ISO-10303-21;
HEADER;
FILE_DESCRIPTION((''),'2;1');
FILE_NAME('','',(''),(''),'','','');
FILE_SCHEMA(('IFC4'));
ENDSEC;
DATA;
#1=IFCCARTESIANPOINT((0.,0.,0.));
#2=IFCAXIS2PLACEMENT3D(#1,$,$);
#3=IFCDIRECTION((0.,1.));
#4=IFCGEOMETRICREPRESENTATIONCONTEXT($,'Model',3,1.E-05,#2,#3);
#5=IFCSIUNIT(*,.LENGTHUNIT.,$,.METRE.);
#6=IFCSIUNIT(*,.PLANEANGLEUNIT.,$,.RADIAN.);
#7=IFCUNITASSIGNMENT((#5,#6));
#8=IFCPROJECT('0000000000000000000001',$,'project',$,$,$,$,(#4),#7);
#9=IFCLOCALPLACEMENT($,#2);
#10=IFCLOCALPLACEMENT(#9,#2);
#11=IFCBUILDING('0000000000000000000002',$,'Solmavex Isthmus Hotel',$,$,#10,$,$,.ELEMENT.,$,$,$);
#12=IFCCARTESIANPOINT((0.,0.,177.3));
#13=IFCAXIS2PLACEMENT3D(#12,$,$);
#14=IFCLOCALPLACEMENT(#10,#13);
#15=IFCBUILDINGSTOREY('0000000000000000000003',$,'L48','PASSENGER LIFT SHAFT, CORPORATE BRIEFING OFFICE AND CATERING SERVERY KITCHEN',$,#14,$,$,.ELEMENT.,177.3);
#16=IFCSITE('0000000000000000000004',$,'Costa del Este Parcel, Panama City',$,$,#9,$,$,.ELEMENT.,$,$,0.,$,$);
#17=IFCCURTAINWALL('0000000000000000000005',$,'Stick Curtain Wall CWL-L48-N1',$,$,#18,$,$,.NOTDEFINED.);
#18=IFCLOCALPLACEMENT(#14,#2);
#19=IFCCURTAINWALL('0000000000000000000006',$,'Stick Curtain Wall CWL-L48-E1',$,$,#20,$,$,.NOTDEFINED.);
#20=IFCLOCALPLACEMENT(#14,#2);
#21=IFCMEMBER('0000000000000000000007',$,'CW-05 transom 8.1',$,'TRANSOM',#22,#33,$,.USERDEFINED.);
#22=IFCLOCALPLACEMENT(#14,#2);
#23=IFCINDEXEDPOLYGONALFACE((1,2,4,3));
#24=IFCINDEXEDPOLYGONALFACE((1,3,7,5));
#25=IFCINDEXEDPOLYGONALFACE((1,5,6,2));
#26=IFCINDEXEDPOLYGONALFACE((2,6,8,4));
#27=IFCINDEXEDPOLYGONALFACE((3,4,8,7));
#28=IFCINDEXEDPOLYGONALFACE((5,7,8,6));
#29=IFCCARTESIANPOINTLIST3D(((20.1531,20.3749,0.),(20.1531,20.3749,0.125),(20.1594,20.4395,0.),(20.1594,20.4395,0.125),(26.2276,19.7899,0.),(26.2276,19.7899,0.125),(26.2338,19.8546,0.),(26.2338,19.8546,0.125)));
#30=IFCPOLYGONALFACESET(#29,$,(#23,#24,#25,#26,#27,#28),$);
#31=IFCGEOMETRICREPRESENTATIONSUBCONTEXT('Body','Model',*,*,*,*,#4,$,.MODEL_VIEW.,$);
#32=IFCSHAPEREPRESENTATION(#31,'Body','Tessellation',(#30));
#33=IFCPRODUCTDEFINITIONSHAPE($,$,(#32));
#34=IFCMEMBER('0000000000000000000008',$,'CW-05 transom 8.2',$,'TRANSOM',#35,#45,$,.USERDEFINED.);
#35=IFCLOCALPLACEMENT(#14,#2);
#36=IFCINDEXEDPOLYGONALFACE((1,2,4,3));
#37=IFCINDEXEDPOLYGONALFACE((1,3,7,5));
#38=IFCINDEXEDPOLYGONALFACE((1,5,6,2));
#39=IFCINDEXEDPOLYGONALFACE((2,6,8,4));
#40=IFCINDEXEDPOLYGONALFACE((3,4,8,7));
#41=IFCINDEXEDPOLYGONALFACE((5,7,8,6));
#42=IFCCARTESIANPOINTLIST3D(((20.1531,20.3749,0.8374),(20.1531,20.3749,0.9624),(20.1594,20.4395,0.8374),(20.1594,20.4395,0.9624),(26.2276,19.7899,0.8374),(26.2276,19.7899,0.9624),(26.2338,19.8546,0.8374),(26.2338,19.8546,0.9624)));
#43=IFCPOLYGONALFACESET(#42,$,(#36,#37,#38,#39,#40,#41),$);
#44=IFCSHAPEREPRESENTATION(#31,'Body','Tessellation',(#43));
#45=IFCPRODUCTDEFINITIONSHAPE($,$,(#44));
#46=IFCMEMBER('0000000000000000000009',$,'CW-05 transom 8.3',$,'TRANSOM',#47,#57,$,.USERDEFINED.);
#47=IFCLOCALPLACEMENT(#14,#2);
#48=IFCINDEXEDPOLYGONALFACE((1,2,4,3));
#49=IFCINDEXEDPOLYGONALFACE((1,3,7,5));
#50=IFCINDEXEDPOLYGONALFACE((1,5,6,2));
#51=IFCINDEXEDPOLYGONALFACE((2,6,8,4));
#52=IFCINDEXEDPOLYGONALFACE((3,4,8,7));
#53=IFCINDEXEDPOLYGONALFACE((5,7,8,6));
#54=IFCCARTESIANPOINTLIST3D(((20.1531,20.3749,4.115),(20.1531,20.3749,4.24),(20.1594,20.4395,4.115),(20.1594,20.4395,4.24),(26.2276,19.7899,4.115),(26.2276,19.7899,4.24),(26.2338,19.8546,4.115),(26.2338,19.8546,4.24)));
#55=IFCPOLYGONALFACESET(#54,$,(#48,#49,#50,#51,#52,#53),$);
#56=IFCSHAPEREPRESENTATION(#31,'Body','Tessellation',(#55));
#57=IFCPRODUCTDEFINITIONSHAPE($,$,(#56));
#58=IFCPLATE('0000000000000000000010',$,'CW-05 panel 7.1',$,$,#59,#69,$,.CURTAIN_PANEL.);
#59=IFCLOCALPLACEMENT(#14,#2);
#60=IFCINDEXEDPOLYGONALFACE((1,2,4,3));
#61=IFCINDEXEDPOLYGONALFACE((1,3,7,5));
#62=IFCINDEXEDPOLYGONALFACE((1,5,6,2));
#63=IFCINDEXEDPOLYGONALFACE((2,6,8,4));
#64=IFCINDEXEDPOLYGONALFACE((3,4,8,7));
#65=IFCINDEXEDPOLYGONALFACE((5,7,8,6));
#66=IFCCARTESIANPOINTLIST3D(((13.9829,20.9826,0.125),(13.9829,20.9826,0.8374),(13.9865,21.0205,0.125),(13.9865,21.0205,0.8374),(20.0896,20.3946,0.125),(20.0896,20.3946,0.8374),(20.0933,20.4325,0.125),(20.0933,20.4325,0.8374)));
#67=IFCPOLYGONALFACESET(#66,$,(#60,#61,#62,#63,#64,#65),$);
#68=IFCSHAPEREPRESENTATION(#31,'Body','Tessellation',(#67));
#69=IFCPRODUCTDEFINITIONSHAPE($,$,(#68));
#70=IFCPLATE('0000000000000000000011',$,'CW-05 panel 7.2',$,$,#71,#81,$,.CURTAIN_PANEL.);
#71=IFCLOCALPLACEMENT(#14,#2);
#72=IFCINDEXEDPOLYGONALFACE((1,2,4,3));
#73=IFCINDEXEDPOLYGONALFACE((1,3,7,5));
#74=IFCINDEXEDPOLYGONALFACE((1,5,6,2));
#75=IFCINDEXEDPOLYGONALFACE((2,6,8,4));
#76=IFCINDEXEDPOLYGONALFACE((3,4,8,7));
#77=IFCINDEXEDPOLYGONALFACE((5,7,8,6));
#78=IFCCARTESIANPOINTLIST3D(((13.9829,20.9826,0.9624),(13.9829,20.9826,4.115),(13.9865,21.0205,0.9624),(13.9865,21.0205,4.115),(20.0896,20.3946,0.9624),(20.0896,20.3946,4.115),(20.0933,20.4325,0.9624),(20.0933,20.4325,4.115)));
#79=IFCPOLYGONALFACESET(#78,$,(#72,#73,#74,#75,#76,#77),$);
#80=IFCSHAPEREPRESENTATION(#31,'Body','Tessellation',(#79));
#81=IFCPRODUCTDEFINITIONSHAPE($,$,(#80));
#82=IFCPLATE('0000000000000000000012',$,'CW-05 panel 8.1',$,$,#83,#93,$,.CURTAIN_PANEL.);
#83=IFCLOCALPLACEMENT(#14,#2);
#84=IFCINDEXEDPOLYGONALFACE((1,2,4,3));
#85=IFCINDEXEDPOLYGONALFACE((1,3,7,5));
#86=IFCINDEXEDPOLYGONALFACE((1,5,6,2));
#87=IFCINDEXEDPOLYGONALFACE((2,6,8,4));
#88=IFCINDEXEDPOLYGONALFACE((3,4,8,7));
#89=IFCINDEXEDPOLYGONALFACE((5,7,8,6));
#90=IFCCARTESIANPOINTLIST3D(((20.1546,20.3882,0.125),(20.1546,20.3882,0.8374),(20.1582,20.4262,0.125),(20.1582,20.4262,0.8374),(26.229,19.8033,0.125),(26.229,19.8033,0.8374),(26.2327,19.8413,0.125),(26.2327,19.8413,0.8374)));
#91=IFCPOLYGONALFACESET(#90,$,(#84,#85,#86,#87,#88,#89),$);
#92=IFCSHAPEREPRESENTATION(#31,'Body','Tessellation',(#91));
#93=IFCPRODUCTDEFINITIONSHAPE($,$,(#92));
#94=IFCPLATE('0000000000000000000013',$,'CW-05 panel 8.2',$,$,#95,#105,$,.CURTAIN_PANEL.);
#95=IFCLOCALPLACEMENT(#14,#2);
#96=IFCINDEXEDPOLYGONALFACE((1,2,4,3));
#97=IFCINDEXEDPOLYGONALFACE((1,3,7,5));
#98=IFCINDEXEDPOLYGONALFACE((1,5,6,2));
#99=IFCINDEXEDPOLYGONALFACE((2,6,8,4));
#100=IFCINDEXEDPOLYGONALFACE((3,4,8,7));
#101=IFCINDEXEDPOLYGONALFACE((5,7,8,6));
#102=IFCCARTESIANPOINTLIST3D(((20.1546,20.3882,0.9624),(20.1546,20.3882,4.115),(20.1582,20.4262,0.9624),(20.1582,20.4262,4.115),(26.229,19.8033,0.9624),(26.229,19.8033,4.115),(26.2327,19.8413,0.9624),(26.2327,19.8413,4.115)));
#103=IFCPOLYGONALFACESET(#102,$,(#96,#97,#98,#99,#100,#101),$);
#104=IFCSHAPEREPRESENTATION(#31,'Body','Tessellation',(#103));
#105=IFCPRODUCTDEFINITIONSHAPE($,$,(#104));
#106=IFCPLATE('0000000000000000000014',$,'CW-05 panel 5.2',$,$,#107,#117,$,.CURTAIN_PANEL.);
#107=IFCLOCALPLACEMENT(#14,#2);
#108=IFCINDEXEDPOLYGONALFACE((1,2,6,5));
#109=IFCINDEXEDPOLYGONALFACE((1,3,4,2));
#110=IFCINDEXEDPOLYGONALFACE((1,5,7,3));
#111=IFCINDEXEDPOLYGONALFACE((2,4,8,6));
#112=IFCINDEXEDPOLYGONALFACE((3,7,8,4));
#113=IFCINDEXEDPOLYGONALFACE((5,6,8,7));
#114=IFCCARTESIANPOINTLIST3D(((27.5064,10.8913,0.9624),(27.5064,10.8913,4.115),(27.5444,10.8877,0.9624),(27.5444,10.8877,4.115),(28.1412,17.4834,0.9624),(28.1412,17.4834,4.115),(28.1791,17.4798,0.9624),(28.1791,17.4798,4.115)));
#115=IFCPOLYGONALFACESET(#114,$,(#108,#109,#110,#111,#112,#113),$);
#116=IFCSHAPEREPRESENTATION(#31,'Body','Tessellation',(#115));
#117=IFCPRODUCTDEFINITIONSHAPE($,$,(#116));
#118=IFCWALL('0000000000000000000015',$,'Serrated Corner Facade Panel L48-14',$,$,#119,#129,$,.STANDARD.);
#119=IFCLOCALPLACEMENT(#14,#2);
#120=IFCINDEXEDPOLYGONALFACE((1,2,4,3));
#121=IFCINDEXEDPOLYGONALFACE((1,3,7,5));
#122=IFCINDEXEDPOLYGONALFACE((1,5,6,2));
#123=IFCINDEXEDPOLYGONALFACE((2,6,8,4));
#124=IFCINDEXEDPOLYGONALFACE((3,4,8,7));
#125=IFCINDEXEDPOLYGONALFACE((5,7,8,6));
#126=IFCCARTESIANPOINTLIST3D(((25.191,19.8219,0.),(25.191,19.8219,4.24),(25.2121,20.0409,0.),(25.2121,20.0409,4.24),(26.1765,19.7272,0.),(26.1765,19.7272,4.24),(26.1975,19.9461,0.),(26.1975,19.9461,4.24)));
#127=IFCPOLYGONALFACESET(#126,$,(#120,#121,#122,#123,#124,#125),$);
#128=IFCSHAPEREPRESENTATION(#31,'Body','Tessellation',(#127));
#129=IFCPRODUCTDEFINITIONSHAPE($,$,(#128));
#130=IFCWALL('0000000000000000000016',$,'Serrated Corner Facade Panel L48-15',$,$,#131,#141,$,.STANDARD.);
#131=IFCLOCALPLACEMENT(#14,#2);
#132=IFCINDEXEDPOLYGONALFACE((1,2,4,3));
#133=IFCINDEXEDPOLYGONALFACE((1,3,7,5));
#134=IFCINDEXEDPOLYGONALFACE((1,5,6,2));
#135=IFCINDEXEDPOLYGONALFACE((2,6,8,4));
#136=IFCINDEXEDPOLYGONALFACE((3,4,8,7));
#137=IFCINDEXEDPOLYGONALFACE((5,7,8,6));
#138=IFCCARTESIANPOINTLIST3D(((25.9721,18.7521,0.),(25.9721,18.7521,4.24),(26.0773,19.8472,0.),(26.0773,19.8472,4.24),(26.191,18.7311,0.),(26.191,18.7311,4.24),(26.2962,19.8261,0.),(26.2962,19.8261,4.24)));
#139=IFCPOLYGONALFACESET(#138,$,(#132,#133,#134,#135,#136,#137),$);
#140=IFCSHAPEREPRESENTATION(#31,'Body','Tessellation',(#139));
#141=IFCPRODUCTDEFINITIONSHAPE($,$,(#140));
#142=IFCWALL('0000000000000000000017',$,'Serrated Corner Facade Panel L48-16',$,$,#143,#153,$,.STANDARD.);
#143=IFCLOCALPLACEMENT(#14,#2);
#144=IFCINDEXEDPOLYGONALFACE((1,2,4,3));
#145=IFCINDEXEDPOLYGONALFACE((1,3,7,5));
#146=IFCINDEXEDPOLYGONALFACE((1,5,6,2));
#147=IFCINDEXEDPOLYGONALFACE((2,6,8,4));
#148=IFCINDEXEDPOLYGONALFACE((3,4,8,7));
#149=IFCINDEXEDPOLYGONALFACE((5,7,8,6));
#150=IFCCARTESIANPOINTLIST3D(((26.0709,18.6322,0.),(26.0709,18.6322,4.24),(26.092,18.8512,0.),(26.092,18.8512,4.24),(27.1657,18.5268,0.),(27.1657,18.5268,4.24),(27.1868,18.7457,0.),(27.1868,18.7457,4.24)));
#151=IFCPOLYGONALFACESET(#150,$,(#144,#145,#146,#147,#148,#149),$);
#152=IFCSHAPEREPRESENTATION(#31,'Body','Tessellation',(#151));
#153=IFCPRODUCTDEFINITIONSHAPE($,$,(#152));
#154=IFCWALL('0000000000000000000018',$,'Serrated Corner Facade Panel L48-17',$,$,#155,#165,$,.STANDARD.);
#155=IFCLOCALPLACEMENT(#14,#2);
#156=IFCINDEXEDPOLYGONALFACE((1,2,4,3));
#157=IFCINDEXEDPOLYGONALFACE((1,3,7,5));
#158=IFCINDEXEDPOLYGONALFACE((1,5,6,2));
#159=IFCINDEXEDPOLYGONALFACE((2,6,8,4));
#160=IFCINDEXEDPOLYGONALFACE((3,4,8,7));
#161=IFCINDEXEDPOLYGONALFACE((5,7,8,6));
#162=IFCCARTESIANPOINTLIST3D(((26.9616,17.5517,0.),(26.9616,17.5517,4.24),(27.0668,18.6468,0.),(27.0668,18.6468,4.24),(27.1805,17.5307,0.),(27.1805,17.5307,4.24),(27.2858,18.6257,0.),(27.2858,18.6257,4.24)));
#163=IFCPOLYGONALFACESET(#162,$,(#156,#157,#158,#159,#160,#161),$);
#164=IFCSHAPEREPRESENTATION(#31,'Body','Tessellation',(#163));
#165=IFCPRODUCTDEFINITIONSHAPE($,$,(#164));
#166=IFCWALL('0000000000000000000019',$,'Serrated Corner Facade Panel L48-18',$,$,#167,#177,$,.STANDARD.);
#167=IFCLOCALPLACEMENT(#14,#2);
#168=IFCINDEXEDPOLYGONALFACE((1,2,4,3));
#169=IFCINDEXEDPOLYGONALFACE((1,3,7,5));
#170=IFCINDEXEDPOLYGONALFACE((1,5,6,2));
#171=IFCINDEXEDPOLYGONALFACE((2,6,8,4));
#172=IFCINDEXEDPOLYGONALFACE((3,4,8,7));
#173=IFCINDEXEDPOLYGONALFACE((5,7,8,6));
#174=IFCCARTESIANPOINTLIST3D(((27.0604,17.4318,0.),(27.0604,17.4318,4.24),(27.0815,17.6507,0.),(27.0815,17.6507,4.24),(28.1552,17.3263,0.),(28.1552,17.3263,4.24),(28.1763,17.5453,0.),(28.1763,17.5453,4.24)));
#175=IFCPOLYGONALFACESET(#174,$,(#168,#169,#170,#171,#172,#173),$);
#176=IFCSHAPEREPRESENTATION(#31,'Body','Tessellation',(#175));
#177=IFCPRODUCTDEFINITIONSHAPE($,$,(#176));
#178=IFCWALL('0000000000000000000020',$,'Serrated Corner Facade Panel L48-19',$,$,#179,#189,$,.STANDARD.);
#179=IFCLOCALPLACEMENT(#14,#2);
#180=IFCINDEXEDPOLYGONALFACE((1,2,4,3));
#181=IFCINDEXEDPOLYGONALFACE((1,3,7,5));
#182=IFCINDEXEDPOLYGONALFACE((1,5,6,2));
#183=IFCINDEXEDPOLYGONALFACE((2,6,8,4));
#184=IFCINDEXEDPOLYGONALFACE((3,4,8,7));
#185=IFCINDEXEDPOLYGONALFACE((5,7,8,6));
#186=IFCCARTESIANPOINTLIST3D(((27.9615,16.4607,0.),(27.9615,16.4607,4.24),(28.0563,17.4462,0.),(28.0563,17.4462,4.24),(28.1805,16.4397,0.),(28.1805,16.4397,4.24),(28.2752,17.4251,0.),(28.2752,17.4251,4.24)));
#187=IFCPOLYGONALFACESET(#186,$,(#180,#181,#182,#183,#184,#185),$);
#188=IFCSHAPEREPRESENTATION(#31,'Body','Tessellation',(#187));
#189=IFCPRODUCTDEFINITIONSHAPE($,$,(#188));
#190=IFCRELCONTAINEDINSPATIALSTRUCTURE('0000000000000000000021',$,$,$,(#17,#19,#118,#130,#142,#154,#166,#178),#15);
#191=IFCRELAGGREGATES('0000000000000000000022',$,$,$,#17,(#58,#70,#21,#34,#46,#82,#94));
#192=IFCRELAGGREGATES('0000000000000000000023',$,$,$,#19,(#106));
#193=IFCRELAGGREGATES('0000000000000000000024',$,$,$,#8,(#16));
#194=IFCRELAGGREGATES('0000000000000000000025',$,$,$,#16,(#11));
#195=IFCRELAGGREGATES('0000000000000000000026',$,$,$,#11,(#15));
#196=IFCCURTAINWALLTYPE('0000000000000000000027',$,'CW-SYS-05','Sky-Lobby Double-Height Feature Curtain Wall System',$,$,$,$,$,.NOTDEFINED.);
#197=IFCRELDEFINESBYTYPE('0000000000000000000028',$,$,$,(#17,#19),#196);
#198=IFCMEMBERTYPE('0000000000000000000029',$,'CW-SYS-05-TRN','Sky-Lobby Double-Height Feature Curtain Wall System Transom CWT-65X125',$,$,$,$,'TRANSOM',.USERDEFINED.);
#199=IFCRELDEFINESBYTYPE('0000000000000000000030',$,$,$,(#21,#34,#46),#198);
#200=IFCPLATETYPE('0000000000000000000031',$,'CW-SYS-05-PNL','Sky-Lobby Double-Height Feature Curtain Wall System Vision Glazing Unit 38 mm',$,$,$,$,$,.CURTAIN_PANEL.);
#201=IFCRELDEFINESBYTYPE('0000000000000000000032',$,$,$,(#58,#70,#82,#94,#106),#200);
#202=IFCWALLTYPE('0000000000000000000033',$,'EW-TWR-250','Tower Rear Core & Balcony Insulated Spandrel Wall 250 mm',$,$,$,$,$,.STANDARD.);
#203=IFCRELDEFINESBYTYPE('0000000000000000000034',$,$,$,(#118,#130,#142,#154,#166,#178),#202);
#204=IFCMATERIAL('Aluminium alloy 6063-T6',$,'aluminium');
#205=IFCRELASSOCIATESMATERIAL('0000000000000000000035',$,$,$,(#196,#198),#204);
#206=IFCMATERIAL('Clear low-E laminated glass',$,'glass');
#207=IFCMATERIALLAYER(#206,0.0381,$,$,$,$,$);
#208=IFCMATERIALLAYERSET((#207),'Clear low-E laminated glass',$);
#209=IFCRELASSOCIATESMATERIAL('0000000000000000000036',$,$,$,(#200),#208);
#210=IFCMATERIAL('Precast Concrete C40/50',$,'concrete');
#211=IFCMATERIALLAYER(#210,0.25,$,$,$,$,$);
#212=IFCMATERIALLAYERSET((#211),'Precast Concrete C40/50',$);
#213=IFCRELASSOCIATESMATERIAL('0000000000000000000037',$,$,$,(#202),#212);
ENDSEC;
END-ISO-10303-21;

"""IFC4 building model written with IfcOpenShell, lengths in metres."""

from ifc_helpers import new_model, si_unit, direction, frame, frame_2d, origin, origin_2d, place, context, subcontext, project, spatial, rectangle, extrude, material, layer, layer_set, material_profile, profile_set, type_object, element, aggregate, save


model = new_model("IFC4")

# Units and contexts
model_context = context("Model", 3, precision=1e-05, world=origin(), true_north=direction((0.0, 1.0)))
body_context = subcontext(model_context, "Body", "Model", "MODEL_VIEW")
ifc_project = project(units=[si_unit("LENGTHUNIT", "METRE"), si_unit("PLANEANGLEUNIT", "RADIAN")], contexts=[model_context])

# Site, building, storey
site_placement = place(None, origin())
site = spatial("IfcSite", under=ifc_project, at=site_placement, Name="Costa del Este Parcel, Panama City", CompositionType="ELEMENT", RefElevation=0.0)
building_placement = place(site_placement, origin())
building = spatial("IfcBuilding", under=site, at=building_placement, Name="Solmavex Isthmus Hotel", CompositionType="ELEMENT")
storey_placement = place(building_placement, frame((0.0, 0.0, 177.3)))
storey = spatial("IfcBuildingStorey", under=building, at=storey_placement, Name="L48", Description="PASSENGER LIFT SHAFT, CORPORATE BRIEFING OFFICE AND CATERING SERVERY KITCHEN", CompositionType="ELEMENT", Elevation=177.3)

# Curtain wall
ifc_material_1 = material(Name="Aluminium alloy 6063-T6", Category="aluminium")
curtain_wall_type = type_object("IfcCurtainWallType", Name="CW-SYS-05", Description="Sky-Lobby Double-Height Feature Curtain Wall System", PredefinedType="NOTDEFINED", material=ifc_material_1)
curtain_wall_1_placement = place(storey_placement, origin())
curtain_wall_1 = element("IfcCurtainWall", 1, at=curtain_wall_1_placement, inside=storey, type_object=curtain_wall_type, Name="Stick Curtain Wall CWL-L48-N1", PredefinedType="NOTDEFINED")

# Curtain wall
curtain_wall_2_placement = place(storey_placement, origin())
curtain_wall_2 = element("IfcCurtainWall", 2, at=curtain_wall_2_placement, inside=storey, type_object=curtain_wall_type, Name="Stick Curtain Wall CWL-L48-E1", PredefinedType="NOTDEFINED")

# Members
ifc_material_profile_1 = material_profile(ifc_material_1, rectangle(XDim=0.0649, YDim=0.125, at=origin_2d()), Name="CWT-65X125")
ifc_profile_set_1 = profile_set([ifc_material_profile_1], Name="Aluminium alloy 6063-T6")
member_type_1 = type_object("IfcMemberType", Name="CW-SYS-05-TRN", Description="Sky-Lobby Double-Height Feature Curtain Wall System Transom CWT-65X125", ElementType="TRANSOM", PredefinedType="USERDEFINED", material=ifc_profile_set_1)
member_1_placement = place(storey_placement, frame((20.1562, 20.4072, 0.0625), z_axis=(0.995395, -0.095855, 0.0), x_axis=(0.095855, 0.995395, 0.0)))
member_1 = element("IfcMember", 3, at=member_1_placement, type_object=member_type_1, Name="CW-05 transom 8.1", ObjectType="TRANSOM", PredefinedType="USERDEFINED", context=body_context, shape_type="SweptSolid", body=[
    extrude(rectangle(XDim=0.0649, YDim=0.125, at=origin_2d()), origin(), (0.0, 0.0, 1.0), 6.1025),
])
member_2_placement = place(storey_placement, frame((20.1562, 20.4072, 0.8999), z_axis=(0.995395, -0.095855, 0.0), x_axis=(0.095855, 0.995395, 0.0)))
member_2 = element("IfcMember", 4, at=member_2_placement, type_object=member_type_1, Name="CW-05 transom 8.2", ObjectType="TRANSOM", PredefinedType="USERDEFINED", context=body_context, shape_type="SweptSolid", body=[
    extrude(rectangle(XDim=0.0649, YDim=0.125, at=origin_2d()), origin(), (0.0, 0.0, 1.0), 6.1025),
])
member_3_placement = place(storey_placement, frame((20.1562, 20.4072, 4.1775), z_axis=(0.995395, -0.095855, 0.0), x_axis=(0.095855, 0.995395, 0.0)))
member_3 = element("IfcMember", 5, at=member_3_placement, type_object=member_type_1, Name="CW-05 transom 8.3", ObjectType="TRANSOM", PredefinedType="USERDEFINED", context=body_context, shape_type="SweptSolid", body=[
    extrude(rectangle(XDim=0.0649, YDim=0.125, at=origin_2d()), origin(), (0.0, 0.0, 1.0), 6.1025),
])

# Plates
ifc_material_2 = material(Name="Clear low-E laminated glass", Category="glass")
ifc_layer_1 = layer(ifc_material_2, 0.0381)
ifc_layer_set_1 = layer_set([ifc_layer_1], Name="Clear low-E laminated glass")
plate_type = type_object("IfcPlateType", Name="CW-SYS-05-PNL", Description="Sky-Lobby Double-Height Feature Curtain Wall System Vision Glazing Unit 38 mm", PredefinedType="CURTAIN_PANEL", material=ifc_layer_set_1)
plate_1_placement = place(storey_placement, frame((17.0381, 20.7075, 0.125), z_axis=(0.0, 0.0, 1.0), x_axis=(0.995396, -0.095846, 0.0)))
plate_1 = element("IfcPlate", 6, at=plate_1_placement, type_object=plate_type, Name="CW-05 panel 7.1", PredefinedType="CURTAIN_PANEL", context=body_context, shape_type="SweptSolid", body=[
    extrude(rectangle(XDim=6.135, YDim=0.0381, at=origin_2d()), origin(), (0.0, 0.0, 1.0), 0.7124),
])
plate_2_placement = place(storey_placement, frame((17.0381, 20.7075, 0.9624), z_axis=(0.0, 0.0, 1.0), x_axis=(0.995396, -0.095846, 0.0)))
plate_2 = element("IfcPlate", 7, at=plate_2_placement, type_object=plate_type, Name="CW-05 panel 7.2", PredefinedType="CURTAIN_PANEL", context=body_context, shape_type="SweptSolid", body=[
    extrude(rectangle(XDim=6.135, YDim=0.0381, at=origin_2d()), origin(), (0.0, 0.0, 1.0), 3.1526),
])
plate_3_placement = place(storey_placement, frame((23.1936, 20.1147, 0.125), z_axis=(0.0, 0.0, 1.0), x_axis=(0.995396, -0.095846, 0.0)))
plate_3 = element("IfcPlate", 8, at=plate_3_placement, type_object=plate_type, Name="CW-05 panel 8.1", PredefinedType="CURTAIN_PANEL", context=body_context, shape_type="SweptSolid", body=[
    extrude(rectangle(XDim=6.1025, YDim=0.0381, at=origin_2d()), origin(), (0.0, 0.0, 1.0), 0.7124),
])
plate_4_placement = place(storey_placement, frame((23.1936, 20.1147, 0.9624), z_axis=(0.0, 0.0, 1.0), x_axis=(0.995396, -0.095846, 0.0)))
plate_4 = element("IfcPlate", 9, at=plate_4_placement, type_object=plate_type, Name="CW-05 panel 8.2", PredefinedType="CURTAIN_PANEL", context=body_context, shape_type="SweptSolid", body=[
    extrude(rectangle(XDim=6.1025, YDim=0.0381, at=origin_2d()), origin(), (0.0, 0.0, 1.0), 3.1526),
])
aggregate(curtain_wall_1, [plate_1, plate_2, member_1, member_2, member_3, plate_3, plate_4])
plate_5_placement = place(storey_placement, frame((27.8428, 14.1855, 0.9624), z_axis=(0.0, 0.0, 1.0), x_axis=(0.095846, 0.995396, 0.0)))
plate_5 = element("IfcPlate", 10, at=plate_5_placement, type_object=plate_type, Name="CW-05 panel 5.2", PredefinedType="CURTAIN_PANEL", context=body_context, shape_type="SweptSolid", body=[
    extrude(rectangle(XDim=6.6226, YDim=0.0381, at=origin_2d()), origin(), (0.0, 0.0, 1.0), 3.1526),
])
aggregate(curtain_wall_2, [plate_5])

# Walls
ifc_material_3 = material(Name="Precast Concrete C40/50", Category="concrete")
ifc_layer_2 = layer(ifc_material_3, 0.25)
ifc_layer_set_2 = layer_set([ifc_layer_2], Name="Precast Concrete C40/50")
wall_type_1 = type_object("IfcWallType", Name="EW-TWR-250", Description="Tower Rear Core & Balcony Insulated Spandrel Wall 250 mm", PredefinedType="STANDARD", material=ifc_layer_set_2)
wall_1_placement = place(storey_placement, frame((25.2014, 19.9314, 0.0), z_axis=(0.0, 0.0, 1.0), x_axis=(0.995411, -0.095694, 0.0)))
element("IfcWall", 11, at=wall_1_placement, inside=storey, type_object=wall_type_1, Name="Serrated Corner Facade Panel L48-14", PredefinedType="STANDARD", context=body_context, shape_type="SweptSolid", body=[
    extrude(rectangle(XDim=0.99, YDim=0.22, at=frame_2d((0.4951, 0.0))), origin(), (0.0, 0.0, 1.0), 4.24),
])
wall_2_placement = place(storey_placement, frame((26.1868, 19.8367, 0.0), z_axis=(0.0, 0.0, 1.0), x_axis=(-0.095657, -0.995414, 0.0)))
element("IfcWall", 12, at=wall_2_placement, inside=storey, type_object=wall_type_1, Name="Serrated Corner Facade Panel L48-15", PredefinedType="STANDARD", context=body_context, shape_type="SweptSolid", body=[
    extrude(rectangle(XDim=1.1001, YDim=0.22, at=frame_2d((0.55, 0.0))), origin(), (0.0, 0.0, 1.0), 4.24),
])
wall_3_placement = place(storey_placement, frame((26.0815, 18.7417, 0.0), z_axis=(0.0, 0.0, 1.0), x_axis=(0.995391, -0.095899, 0.0)))
element("IfcWall", 13, at=wall_3_placement, inside=storey, type_object=wall_type_1, Name="Serrated Corner Facade Panel L48-16", PredefinedType="STANDARD", context=body_context, shape_type="SweptSolid", body=[
    extrude(rectangle(XDim=1.0999, YDim=0.22, at=frame_2d((0.5498, 0.0))), origin(), (0.0, 0.0, 1.0), 4.24),
])
wall_4_placement = place(storey_placement, frame((27.1763, 18.6362, 0.0), z_axis=(0.0, 0.0, 1.0), x_axis=(-0.095657, -0.995414, 0.0)))
element("IfcWall", 14, at=wall_4_placement, inside=storey, type_object=wall_type_1, Name="Serrated Corner Facade Panel L48-17", PredefinedType="STANDARD", context=body_context, shape_type="SweptSolid", body=[
    extrude(rectangle(XDim=1.1001, YDim=0.22, at=frame_2d((0.55, 0.0))), origin(), (0.0, 0.0, 1.0), 4.24),
])
wall_5_placement = place(storey_placement, frame((27.071, 17.5413, 0.0), z_axis=(0.0, 0.0, 1.0), x_axis=(0.995391, -0.095899, 0.0)))
element("IfcWall", 15, at=wall_5_placement, inside=storey, type_object=wall_type_1, Name="Serrated Corner Facade Panel L48-18", PredefinedType="STANDARD", context=body_context, shape_type="SweptSolid", body=[
    extrude(rectangle(XDim=1.0999, YDim=0.22, at=frame_2d((0.5498, 0.0))), origin(), (0.0, 0.0, 1.0), 4.24),
])
wall_6_placement = place(storey_placement, frame((28.1658, 17.4358, 0.0), z_axis=(0.0, 0.0, 1.0), x_axis=(-0.095694, -0.995411, 0.0)))
element("IfcWall", 16, at=wall_6_placement, inside=storey, type_object=wall_type_1, Name="Serrated Corner Facade Panel L48-19", PredefinedType="STANDARD", context=body_context, shape_type="SweptSolid", body=[
    extrude(rectangle(XDim=0.99, YDim=0.22, at=frame_2d((0.4951, 0.0))), origin(), (0.0, 0.0, 1.0), 4.24),
])

save(model, "model.ifc")
